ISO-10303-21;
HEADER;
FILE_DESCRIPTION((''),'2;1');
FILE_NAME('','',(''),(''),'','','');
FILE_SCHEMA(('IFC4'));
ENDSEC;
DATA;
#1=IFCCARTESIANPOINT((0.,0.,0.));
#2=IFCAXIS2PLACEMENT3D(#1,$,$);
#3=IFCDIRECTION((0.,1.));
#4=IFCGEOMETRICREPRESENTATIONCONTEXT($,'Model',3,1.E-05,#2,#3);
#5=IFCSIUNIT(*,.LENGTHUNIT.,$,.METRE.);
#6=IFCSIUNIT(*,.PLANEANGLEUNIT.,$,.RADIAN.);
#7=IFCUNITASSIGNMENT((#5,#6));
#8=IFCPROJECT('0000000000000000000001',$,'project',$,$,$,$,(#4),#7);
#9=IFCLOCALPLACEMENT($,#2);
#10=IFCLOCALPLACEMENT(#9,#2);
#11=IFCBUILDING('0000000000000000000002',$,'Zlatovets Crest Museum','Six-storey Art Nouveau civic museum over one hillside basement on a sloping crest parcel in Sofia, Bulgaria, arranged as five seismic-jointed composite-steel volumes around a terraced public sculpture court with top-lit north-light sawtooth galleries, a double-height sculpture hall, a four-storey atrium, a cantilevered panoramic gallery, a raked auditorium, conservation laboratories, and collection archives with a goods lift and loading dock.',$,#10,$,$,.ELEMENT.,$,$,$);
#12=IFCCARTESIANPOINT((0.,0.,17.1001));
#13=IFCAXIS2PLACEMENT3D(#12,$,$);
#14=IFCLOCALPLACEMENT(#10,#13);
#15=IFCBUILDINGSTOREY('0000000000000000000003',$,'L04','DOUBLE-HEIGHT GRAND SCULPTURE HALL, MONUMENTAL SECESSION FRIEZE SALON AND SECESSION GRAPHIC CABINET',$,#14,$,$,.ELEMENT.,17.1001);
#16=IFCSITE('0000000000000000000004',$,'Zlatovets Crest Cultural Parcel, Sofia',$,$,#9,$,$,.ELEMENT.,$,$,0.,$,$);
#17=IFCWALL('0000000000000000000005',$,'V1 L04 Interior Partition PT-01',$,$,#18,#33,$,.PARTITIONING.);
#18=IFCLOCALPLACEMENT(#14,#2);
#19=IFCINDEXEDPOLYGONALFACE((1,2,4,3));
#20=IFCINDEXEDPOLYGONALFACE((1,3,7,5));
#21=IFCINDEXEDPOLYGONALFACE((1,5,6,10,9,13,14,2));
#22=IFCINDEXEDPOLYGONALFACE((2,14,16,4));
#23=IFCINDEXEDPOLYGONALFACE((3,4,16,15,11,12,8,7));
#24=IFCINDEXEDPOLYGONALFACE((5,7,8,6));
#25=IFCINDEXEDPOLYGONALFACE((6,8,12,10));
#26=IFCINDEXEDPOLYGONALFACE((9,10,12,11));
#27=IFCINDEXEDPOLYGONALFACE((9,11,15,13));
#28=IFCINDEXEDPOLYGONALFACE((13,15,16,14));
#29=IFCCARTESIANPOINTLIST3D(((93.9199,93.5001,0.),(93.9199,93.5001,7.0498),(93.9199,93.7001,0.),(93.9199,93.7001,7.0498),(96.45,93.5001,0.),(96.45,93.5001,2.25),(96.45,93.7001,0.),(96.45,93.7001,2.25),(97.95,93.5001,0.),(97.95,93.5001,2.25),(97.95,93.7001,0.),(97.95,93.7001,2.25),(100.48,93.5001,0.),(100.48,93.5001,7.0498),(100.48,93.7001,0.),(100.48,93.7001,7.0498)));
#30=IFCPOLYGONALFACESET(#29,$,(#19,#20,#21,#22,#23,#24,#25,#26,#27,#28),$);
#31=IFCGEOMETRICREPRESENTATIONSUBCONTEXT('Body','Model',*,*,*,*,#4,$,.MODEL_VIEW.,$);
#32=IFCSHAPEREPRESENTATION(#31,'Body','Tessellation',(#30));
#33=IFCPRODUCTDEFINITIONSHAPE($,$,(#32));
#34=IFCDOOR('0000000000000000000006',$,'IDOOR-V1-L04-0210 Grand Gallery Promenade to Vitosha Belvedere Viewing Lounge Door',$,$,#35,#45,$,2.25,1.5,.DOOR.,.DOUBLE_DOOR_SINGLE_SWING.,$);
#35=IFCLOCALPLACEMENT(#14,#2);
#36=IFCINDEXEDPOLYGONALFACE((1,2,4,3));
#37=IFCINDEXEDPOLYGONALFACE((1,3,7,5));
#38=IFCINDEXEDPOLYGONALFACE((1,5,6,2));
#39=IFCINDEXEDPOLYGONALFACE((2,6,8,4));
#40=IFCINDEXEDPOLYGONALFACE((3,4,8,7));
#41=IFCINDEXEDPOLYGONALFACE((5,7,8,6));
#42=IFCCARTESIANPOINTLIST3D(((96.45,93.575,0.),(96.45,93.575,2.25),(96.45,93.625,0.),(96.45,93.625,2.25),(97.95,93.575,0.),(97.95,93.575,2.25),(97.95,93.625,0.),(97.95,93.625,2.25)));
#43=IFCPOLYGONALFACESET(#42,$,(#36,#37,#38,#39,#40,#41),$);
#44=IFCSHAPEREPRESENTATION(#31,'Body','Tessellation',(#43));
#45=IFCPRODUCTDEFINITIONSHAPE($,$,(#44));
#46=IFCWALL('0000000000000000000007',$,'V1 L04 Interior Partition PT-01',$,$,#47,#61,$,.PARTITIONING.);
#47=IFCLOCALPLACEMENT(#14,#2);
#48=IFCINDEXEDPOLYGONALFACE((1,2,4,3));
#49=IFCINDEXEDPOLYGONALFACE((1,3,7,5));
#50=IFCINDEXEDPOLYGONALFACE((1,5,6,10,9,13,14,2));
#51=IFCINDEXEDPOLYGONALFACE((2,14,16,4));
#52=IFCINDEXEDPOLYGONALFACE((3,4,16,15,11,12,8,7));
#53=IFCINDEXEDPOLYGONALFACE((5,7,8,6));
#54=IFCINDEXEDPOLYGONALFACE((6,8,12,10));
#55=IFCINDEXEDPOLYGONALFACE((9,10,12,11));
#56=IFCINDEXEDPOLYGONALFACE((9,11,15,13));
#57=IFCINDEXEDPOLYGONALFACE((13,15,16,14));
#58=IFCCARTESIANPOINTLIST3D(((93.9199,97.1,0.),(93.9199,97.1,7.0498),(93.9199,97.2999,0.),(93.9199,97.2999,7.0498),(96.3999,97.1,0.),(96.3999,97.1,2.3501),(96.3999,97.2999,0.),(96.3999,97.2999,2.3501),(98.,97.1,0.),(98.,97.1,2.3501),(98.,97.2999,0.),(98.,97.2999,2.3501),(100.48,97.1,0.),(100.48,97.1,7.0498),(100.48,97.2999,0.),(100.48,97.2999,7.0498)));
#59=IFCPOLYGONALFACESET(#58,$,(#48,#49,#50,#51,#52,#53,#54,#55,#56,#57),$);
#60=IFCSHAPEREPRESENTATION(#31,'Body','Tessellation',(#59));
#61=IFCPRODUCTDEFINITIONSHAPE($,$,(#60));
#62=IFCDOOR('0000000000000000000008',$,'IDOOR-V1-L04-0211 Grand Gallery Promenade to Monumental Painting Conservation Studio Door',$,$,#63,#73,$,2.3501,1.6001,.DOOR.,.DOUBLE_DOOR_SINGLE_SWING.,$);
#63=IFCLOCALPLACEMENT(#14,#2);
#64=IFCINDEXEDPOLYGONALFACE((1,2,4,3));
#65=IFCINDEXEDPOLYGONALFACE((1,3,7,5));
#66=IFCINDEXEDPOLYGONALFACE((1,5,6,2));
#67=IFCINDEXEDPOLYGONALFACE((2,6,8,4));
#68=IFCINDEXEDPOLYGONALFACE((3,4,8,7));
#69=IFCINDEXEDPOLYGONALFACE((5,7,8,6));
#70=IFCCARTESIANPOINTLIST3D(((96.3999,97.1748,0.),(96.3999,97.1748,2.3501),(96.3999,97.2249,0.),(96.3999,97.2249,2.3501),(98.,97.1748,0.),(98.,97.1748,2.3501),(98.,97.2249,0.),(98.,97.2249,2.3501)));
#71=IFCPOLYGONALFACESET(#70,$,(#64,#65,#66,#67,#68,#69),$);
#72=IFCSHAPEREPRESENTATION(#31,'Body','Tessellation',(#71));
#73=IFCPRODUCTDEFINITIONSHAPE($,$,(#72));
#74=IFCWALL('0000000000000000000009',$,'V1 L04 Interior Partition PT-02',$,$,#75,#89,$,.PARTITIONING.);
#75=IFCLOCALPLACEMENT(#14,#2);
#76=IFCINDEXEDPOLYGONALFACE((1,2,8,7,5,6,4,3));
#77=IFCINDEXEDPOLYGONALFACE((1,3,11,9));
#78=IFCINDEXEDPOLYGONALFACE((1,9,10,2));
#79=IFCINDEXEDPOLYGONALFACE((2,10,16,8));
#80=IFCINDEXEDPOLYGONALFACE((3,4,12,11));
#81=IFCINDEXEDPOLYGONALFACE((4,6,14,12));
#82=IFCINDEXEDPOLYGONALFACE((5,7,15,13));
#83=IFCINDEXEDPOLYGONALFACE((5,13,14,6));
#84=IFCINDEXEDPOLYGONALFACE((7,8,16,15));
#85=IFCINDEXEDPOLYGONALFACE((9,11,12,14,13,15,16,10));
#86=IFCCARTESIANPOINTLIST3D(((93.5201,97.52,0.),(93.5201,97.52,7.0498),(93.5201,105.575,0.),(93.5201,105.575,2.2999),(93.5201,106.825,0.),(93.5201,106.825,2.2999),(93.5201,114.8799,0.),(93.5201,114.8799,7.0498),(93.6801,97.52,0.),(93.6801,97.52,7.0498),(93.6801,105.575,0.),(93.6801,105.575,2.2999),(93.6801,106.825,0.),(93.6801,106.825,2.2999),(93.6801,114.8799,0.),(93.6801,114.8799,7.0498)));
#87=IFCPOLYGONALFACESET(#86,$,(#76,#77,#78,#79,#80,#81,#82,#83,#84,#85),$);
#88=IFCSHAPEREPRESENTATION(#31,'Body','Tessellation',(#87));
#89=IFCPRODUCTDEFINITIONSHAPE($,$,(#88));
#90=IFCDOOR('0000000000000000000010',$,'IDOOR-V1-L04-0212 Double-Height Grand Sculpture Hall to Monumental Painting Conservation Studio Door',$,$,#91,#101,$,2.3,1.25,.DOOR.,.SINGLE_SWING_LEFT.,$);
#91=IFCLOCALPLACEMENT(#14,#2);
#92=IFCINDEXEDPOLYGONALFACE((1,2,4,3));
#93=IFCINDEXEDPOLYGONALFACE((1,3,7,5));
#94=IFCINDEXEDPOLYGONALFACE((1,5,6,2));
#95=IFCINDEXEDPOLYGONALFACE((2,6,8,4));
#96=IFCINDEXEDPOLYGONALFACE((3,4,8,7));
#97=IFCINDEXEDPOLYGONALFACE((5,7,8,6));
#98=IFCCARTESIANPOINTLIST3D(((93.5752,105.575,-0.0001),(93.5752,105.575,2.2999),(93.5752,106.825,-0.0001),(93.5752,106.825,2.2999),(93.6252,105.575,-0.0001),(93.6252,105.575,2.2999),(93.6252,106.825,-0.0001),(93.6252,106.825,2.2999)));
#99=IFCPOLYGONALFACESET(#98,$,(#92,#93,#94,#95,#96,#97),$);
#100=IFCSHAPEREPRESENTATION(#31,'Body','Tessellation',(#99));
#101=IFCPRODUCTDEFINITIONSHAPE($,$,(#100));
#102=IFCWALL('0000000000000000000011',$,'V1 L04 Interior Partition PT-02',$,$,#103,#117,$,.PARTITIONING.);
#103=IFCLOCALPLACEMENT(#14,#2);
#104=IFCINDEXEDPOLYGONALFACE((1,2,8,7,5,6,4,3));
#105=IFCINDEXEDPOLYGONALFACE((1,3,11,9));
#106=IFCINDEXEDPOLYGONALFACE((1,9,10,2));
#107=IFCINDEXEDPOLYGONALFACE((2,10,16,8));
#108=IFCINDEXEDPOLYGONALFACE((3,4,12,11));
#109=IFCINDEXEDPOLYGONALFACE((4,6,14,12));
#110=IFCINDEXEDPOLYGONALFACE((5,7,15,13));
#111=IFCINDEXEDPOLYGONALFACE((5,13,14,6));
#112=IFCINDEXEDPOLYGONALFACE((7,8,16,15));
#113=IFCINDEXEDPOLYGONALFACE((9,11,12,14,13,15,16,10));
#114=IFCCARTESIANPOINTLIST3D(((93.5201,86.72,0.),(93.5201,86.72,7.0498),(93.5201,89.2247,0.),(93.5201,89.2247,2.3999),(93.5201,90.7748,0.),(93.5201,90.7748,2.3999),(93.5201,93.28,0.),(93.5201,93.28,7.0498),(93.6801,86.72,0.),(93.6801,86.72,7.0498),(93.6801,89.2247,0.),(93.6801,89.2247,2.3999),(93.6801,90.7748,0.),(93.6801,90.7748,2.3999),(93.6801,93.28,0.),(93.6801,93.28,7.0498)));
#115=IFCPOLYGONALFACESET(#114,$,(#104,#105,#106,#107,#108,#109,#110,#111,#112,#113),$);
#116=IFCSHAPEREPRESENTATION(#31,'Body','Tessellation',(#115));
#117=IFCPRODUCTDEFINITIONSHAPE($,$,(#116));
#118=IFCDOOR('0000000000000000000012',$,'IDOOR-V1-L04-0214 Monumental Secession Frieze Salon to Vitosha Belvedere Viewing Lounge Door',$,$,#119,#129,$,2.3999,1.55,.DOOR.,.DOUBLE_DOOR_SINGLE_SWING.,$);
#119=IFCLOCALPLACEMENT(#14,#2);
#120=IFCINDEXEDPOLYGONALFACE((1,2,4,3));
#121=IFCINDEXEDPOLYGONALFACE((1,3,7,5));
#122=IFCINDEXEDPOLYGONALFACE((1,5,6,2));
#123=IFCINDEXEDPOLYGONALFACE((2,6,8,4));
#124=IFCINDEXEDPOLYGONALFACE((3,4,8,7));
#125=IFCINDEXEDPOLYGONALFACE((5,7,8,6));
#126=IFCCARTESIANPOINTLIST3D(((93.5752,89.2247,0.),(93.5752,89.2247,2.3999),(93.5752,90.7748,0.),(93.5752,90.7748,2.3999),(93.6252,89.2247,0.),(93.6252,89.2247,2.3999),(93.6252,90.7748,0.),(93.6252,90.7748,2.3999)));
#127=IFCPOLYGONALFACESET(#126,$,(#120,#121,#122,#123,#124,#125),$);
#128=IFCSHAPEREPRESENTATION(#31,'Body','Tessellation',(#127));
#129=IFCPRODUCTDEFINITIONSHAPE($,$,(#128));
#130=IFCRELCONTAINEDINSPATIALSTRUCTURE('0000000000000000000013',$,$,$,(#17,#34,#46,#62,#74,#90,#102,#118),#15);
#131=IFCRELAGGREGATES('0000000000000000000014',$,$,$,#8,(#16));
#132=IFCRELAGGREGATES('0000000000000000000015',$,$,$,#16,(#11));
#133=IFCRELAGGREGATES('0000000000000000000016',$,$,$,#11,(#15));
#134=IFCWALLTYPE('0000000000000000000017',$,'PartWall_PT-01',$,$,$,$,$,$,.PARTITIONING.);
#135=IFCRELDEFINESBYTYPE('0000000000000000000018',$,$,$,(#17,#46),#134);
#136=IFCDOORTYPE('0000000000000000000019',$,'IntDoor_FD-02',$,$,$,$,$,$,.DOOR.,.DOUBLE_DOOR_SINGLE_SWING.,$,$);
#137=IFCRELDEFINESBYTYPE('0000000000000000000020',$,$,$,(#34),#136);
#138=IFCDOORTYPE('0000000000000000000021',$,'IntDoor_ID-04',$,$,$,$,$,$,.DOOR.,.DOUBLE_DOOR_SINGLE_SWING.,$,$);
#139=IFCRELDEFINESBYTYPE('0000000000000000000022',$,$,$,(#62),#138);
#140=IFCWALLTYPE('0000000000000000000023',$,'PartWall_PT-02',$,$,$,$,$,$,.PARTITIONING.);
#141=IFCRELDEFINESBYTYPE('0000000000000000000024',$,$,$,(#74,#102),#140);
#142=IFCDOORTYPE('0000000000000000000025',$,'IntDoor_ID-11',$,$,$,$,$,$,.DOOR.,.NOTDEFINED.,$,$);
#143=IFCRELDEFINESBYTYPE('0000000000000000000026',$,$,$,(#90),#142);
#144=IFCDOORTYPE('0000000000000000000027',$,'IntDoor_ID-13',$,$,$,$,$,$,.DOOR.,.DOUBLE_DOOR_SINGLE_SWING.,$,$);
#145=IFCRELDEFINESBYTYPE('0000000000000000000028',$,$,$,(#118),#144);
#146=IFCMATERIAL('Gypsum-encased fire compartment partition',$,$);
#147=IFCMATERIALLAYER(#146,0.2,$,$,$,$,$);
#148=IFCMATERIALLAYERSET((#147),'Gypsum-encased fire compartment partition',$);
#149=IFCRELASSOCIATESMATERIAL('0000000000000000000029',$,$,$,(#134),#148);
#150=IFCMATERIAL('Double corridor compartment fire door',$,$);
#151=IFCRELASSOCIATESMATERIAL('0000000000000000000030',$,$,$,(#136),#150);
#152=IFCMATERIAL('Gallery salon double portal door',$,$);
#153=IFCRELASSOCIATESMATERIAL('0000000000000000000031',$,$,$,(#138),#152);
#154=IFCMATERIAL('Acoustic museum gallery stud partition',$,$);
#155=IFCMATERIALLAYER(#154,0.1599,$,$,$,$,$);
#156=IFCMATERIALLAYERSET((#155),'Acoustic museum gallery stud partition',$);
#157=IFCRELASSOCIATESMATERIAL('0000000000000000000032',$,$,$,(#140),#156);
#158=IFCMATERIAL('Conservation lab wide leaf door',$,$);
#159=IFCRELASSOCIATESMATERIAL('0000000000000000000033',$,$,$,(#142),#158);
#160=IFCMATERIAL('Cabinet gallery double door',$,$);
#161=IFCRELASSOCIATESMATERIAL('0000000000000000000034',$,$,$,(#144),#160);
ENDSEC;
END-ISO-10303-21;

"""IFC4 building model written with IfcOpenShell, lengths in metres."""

from ifc_helpers import new_model, si_unit, direction, frame, frame_2d, origin, place, context, subcontext, project, spatial, rectangle, extrude, material, layer, layer_set, type_object, element, fill, save


model = new_model("IFC4")

# Units and contexts
model_context = context("Model", 3, precision=1e-05, world=origin(), true_north=direction((0.0, 1.0)))
body_context = subcontext(model_context, "Body", "Model", "MODEL_VIEW")
ifc_project = project(units=[si_unit("LENGTHUNIT", "METRE"), si_unit("PLANEANGLEUNIT", "RADIAN")], contexts=[model_context])

# Site, building, storey
site_placement = place(None, origin())
site = spatial("IfcSite", under=ifc_project, at=site_placement, Name="Zlatovets Crest Cultural Parcel, Sofia", CompositionType="ELEMENT", RefElevation=0.0)
building_placement = place(site_placement, origin())
building = spatial("IfcBuilding", under=site, at=building_placement, Name="Zlatovets Crest Museum", Description="Six-storey Art Nouveau civic museum over one hillside basement on a sloping crest parcel in Sofia, Bulgaria, arranged as five seismic-jointed composite-steel volumes around a terraced public sculpture court with top-lit north-light sawtooth galleries, a double-height sculpture hall, a four-storey atrium, a cantilevered panoramic gallery, a raked auditorium, conservation laboratories, and collection archives with a goods lift and loading dock.", CompositionType="ELEMENT")
storey_placement = place(building_placement, frame((0.0, 0.0, 17.1001)))
storey = spatial("IfcBuildingStorey", under=building, at=storey_placement, Name="L04", Description="DOUBLE-HEIGHT GRAND SCULPTURE HALL, MONUMENTAL SECESSION FRIEZE SALON AND SECESSION GRAPHIC CABINET", CompositionType="ELEMENT", Elevation=17.1001)

# Walls, openings, doors
ifc_material_1 = material(Name="Gypsum-encased fire compartment partition")
ifc_layer_1 = layer(ifc_material_1, 0.2)
ifc_layer_set_1 = layer_set([ifc_layer_1], Name="Gypsum-encased fire compartment partition")
wall_type_1 = type_object("IfcWallType", Name="PartWall_PT-01", PredefinedType="PARTITIONING", material=ifc_layer_set_1)
wall_1_placement = place(storey_placement, frame((93.9199, 93.6001, 0.0), z_axis=(0.0, 0.0, 1.0), x_axis=(1.0, 0.0, 0.0)))
wall_1 = element("IfcWall", 1, at=wall_1_placement, inside=storey, type_object=wall_type_1, Name="V1 L04 Interior Partition PT-01", PredefinedType="PARTITIONING", context=body_context, shape_type="SweptSolid", body=[
    extrude(rectangle(XDim=6.5601, YDim=0.2, at=frame_2d((3.28, 0.0))), origin(), (0.0, 0.0, 1.0), 7.0498),
])
opening_1_placement = place(wall_1_placement, frame((2.53, 0.0, 0.0)))
opening_1 = element("IfcOpeningElement", 2, at=opening_1_placement, cuts=wall_1, PredefinedType="OPENING", context=body_context, shape_type="SweptSolid", body=[
    extrude(rectangle(XDim=1.5, YDim=2.25, at=frame_2d((0.75, 1.125))), frame((0.0, 0.1099, 0.0), z_axis=(0.0, -1.0, 0.0), x_axis=(1.0, 0.0, 0.0)), (0.0, 0.0, 1.0), 0.22),
])
ifc_material_2 = material(Name="Double corridor compartment fire door")
door_type_1 = type_object("IfcDoorType", Name="IntDoor_FD-02", OperationType="DOUBLE_DOOR_SINGLE_SWING", PredefinedType="DOOR", material=ifc_material_2)
door_1_placement = place(opening_1_placement, origin())
door_1 = element("IfcDoor", 3, at=door_1_placement, inside=storey, type_object=door_type_1, Name="IDOOR-V1-L04-0210 Grand Gallery Promenade to Vitosha Belvedere Viewing Lounge Door", OperationType="DOUBLE_DOOR_SINGLE_SWING", OverallHeight=2.25, OverallWidth=1.5, PredefinedType="DOOR", context=body_context, shape_type="SweptSolid", body=[
    extrude(rectangle(XDim=1.5, YDim=2.25, at=frame_2d((0.75, 1.125))), frame((0.0, 0.0249, 0.0), z_axis=(0.0, -1.0, 0.0), x_axis=(1.0, 0.0, 0.0)), (0.0, 0.0, 1.0), 0.05),
])
fill(opening_1, door_1)
wall_2_placement = place(storey_placement, frame((93.9199, 97.2, 0.0), z_axis=(0.0, 0.0, 1.0), x_axis=(1.0, 0.0, 0.0)))
wall_2 = element("IfcWall", 4, at=wall_2_placement, inside=storey, type_object=wall_type_1, Name="V1 L04 Interior Partition PT-01", PredefinedType="PARTITIONING", context=body_context, shape_type="SweptSolid", body=[
    extrude(rectangle(XDim=6.5601, YDim=0.2, at=frame_2d((3.28, 0.0))), origin(), (0.0, 0.0, 1.0), 7.0498),
])
opening_2_placement = place(wall_2_placement, frame((2.48, 0.0, 0.0)))
opening_2 = element("IfcOpeningElement", 5, at=opening_2_placement, cuts=wall_2, PredefinedType="OPENING", context=body_context, shape_type="SweptSolid", body=[
    extrude(rectangle(XDim=1.6001, YDim=2.3501, at=frame_2d((0.8, 1.175))), frame((0.0, 0.1099, 0.0), z_axis=(0.0, -1.0, 0.0), x_axis=(1.0, 0.0, 0.0)), (0.0, 0.0, 1.0), 0.22),
])
ifc_material_3 = material(Name="Gallery salon double portal door")
door_type_2 = type_object("IfcDoorType", Name="IntDoor_ID-04", OperationType="DOUBLE_DOOR_SINGLE_SWING", PredefinedType="DOOR", material=ifc_material_3)
door_2_placement = place(opening_2_placement, origin())
door_2 = element("IfcDoor", 6, at=door_2_placement, inside=storey, type_object=door_type_2, Name="IDOOR-V1-L04-0211 Grand Gallery Promenade to Monumental Painting Conservation Studio Door", OperationType="DOUBLE_DOOR_SINGLE_SWING", OverallHeight=2.3501, OverallWidth=1.6001, PredefinedType="DOOR", context=body_context, shape_type="SweptSolid", body=[
    extrude(rectangle(XDim=1.6001, YDim=2.3501, at=frame_2d((0.8, 1.175))), frame((0.0, 0.0249, 0.0), z_axis=(0.0, -1.0, 0.0), x_axis=(1.0, 0.0, 0.0)), (0.0, 0.0, 1.0), 0.05),
])
fill(opening_2, door_2)
ifc_material_4 = material(Name="Acoustic museum gallery stud partition")
ifc_layer_2 = layer(ifc_material_4, 0.1599)
ifc_layer_set_2 = layer_set([ifc_layer_2], Name="Acoustic museum gallery stud partition")
wall_type_2 = type_object("IfcWallType", Name="PartWall_PT-02", PredefinedType="PARTITIONING", material=ifc_layer_set_2)
wall_3_placement = place(storey_placement, frame((93.6001, 97.52, 0.0), z_axis=(0.0, 0.0, 1.0), x_axis=(0.0, 1.0, 0.0)))
wall_3 = element("IfcWall", 7, at=wall_3_placement, inside=storey, type_object=wall_type_2, Name="V1 L04 Interior Partition PT-02", PredefinedType="PARTITIONING", context=body_context, shape_type="SweptSolid", body=[
    extrude(rectangle(XDim=17.3599, YDim=0.1599, at=frame_2d((8.6799, 0.0))), origin(), (0.0, 0.0, 1.0), 7.0498),
])
opening_3_placement = place(wall_3_placement, frame((8.0549, 0.0, 0.0)))
opening_3 = element("IfcOpeningElement", 8, at=opening_3_placement, cuts=wall_3, PredefinedType="OPENING", context=body_context, shape_type="SweptSolid", body=[
    extrude(rectangle(XDim=1.25, YDim=2.3, at=frame_2d((0.625, 1.1499))), frame((0.0, 0.0898, 0.0), z_axis=(0.0, -1.0, 0.0), x_axis=(1.0, 0.0, 0.0)), (0.0, 0.0, 1.0), 0.1799),
])
ifc_material_5 = material(Name="Conservation lab wide leaf door")
door_type_3 = type_object("IfcDoorType", Name="IntDoor_ID-11", OperationType="NOTDEFINED", PredefinedType="DOOR", material=ifc_material_5)
door_3_placement = place(opening_3_placement, origin())
door_3 = element("IfcDoor", 9, at=door_3_placement, inside=storey, type_object=door_type_3, Name="IDOOR-V1-L04-0212 Double-Height Grand Sculpture Hall to Monumental Painting Conservation Studio Door", OperationType="SINGLE_SWING_LEFT", OverallHeight=2.3, OverallWidth=1.25, PredefinedType="DOOR", context=body_context, shape_type="SweptSolid", body=[
    extrude(rectangle(XDim=1.25, YDim=2.3, at=frame_2d((0.625, 1.1499))), frame((0.0, 0.0249, 0.0), z_axis=(0.0, -1.0, 0.0), x_axis=(1.0, 0.0, 0.0)), (0.0, 0.0, 1.0), 0.05),
])
fill(opening_3, door_3)
wall_4_placement = place(storey_placement, frame((93.6001, 86.72, 0.0), z_axis=(0.0, 0.0, 1.0), x_axis=(0.0, 1.0, 0.0)))
wall_4 = element("IfcWall", 10, at=wall_4_placement, inside=storey, type_object=wall_type_2, Name="V1 L04 Interior Partition PT-02", PredefinedType="PARTITIONING", context=body_context, shape_type="SweptSolid", body=[
    extrude(rectangle(XDim=6.5601, YDim=0.1599, at=frame_2d((3.28, 0.0))), origin(), (0.0, 0.0, 1.0), 7.0498),
])
opening_4_placement = place(wall_4_placement, frame((2.5049, 0.0, 0.0)))
opening_4 = element("IfcOpeningElement", 11, at=opening_4_placement, cuts=wall_4, PredefinedType="OPENING", context=body_context, shape_type="SweptSolid", body=[
    extrude(rectangle(XDim=1.55, YDim=2.3999, at=frame_2d((0.7749, 1.2))), frame((0.0, 0.0898, 0.0), z_axis=(0.0, -1.0, 0.0), x_axis=(1.0, 0.0, 0.0)), (0.0, 0.0, 1.0), 0.1799),
])
ifc_material_6 = material(Name="Cabinet gallery double door")
door_type_4 = type_object("IfcDoorType", Name="IntDoor_ID-13", OperationType="DOUBLE_DOOR_SINGLE_SWING", PredefinedType="DOOR", material=ifc_material_6)
door_4_placement = place(opening_4_placement, origin())
door_4 = element("IfcDoor", 12, at=door_4_placement, inside=storey, type_object=door_type_4, Name="IDOOR-V1-L04-0214 Monumental Secession Frieze Salon to Vitosha Belvedere Viewing Lounge Door", OperationType="DOUBLE_DOOR_SINGLE_SWING", OverallHeight=2.3999, OverallWidth=1.55, PredefinedType="DOOR", context=body_context, shape_type="SweptSolid", body=[
    extrude(rectangle(XDim=1.55, YDim=2.3999, at=frame_2d((0.7749, 1.2))), frame((0.0, 0.0249, 0.0), z_axis=(0.0, -1.0, 0.0), x_axis=(1.0, 0.0, 0.0)), (0.0, 0.0, 1.0), 0.05),
])
fill(opening_4, door_4)

save(model, "model.ifc")
